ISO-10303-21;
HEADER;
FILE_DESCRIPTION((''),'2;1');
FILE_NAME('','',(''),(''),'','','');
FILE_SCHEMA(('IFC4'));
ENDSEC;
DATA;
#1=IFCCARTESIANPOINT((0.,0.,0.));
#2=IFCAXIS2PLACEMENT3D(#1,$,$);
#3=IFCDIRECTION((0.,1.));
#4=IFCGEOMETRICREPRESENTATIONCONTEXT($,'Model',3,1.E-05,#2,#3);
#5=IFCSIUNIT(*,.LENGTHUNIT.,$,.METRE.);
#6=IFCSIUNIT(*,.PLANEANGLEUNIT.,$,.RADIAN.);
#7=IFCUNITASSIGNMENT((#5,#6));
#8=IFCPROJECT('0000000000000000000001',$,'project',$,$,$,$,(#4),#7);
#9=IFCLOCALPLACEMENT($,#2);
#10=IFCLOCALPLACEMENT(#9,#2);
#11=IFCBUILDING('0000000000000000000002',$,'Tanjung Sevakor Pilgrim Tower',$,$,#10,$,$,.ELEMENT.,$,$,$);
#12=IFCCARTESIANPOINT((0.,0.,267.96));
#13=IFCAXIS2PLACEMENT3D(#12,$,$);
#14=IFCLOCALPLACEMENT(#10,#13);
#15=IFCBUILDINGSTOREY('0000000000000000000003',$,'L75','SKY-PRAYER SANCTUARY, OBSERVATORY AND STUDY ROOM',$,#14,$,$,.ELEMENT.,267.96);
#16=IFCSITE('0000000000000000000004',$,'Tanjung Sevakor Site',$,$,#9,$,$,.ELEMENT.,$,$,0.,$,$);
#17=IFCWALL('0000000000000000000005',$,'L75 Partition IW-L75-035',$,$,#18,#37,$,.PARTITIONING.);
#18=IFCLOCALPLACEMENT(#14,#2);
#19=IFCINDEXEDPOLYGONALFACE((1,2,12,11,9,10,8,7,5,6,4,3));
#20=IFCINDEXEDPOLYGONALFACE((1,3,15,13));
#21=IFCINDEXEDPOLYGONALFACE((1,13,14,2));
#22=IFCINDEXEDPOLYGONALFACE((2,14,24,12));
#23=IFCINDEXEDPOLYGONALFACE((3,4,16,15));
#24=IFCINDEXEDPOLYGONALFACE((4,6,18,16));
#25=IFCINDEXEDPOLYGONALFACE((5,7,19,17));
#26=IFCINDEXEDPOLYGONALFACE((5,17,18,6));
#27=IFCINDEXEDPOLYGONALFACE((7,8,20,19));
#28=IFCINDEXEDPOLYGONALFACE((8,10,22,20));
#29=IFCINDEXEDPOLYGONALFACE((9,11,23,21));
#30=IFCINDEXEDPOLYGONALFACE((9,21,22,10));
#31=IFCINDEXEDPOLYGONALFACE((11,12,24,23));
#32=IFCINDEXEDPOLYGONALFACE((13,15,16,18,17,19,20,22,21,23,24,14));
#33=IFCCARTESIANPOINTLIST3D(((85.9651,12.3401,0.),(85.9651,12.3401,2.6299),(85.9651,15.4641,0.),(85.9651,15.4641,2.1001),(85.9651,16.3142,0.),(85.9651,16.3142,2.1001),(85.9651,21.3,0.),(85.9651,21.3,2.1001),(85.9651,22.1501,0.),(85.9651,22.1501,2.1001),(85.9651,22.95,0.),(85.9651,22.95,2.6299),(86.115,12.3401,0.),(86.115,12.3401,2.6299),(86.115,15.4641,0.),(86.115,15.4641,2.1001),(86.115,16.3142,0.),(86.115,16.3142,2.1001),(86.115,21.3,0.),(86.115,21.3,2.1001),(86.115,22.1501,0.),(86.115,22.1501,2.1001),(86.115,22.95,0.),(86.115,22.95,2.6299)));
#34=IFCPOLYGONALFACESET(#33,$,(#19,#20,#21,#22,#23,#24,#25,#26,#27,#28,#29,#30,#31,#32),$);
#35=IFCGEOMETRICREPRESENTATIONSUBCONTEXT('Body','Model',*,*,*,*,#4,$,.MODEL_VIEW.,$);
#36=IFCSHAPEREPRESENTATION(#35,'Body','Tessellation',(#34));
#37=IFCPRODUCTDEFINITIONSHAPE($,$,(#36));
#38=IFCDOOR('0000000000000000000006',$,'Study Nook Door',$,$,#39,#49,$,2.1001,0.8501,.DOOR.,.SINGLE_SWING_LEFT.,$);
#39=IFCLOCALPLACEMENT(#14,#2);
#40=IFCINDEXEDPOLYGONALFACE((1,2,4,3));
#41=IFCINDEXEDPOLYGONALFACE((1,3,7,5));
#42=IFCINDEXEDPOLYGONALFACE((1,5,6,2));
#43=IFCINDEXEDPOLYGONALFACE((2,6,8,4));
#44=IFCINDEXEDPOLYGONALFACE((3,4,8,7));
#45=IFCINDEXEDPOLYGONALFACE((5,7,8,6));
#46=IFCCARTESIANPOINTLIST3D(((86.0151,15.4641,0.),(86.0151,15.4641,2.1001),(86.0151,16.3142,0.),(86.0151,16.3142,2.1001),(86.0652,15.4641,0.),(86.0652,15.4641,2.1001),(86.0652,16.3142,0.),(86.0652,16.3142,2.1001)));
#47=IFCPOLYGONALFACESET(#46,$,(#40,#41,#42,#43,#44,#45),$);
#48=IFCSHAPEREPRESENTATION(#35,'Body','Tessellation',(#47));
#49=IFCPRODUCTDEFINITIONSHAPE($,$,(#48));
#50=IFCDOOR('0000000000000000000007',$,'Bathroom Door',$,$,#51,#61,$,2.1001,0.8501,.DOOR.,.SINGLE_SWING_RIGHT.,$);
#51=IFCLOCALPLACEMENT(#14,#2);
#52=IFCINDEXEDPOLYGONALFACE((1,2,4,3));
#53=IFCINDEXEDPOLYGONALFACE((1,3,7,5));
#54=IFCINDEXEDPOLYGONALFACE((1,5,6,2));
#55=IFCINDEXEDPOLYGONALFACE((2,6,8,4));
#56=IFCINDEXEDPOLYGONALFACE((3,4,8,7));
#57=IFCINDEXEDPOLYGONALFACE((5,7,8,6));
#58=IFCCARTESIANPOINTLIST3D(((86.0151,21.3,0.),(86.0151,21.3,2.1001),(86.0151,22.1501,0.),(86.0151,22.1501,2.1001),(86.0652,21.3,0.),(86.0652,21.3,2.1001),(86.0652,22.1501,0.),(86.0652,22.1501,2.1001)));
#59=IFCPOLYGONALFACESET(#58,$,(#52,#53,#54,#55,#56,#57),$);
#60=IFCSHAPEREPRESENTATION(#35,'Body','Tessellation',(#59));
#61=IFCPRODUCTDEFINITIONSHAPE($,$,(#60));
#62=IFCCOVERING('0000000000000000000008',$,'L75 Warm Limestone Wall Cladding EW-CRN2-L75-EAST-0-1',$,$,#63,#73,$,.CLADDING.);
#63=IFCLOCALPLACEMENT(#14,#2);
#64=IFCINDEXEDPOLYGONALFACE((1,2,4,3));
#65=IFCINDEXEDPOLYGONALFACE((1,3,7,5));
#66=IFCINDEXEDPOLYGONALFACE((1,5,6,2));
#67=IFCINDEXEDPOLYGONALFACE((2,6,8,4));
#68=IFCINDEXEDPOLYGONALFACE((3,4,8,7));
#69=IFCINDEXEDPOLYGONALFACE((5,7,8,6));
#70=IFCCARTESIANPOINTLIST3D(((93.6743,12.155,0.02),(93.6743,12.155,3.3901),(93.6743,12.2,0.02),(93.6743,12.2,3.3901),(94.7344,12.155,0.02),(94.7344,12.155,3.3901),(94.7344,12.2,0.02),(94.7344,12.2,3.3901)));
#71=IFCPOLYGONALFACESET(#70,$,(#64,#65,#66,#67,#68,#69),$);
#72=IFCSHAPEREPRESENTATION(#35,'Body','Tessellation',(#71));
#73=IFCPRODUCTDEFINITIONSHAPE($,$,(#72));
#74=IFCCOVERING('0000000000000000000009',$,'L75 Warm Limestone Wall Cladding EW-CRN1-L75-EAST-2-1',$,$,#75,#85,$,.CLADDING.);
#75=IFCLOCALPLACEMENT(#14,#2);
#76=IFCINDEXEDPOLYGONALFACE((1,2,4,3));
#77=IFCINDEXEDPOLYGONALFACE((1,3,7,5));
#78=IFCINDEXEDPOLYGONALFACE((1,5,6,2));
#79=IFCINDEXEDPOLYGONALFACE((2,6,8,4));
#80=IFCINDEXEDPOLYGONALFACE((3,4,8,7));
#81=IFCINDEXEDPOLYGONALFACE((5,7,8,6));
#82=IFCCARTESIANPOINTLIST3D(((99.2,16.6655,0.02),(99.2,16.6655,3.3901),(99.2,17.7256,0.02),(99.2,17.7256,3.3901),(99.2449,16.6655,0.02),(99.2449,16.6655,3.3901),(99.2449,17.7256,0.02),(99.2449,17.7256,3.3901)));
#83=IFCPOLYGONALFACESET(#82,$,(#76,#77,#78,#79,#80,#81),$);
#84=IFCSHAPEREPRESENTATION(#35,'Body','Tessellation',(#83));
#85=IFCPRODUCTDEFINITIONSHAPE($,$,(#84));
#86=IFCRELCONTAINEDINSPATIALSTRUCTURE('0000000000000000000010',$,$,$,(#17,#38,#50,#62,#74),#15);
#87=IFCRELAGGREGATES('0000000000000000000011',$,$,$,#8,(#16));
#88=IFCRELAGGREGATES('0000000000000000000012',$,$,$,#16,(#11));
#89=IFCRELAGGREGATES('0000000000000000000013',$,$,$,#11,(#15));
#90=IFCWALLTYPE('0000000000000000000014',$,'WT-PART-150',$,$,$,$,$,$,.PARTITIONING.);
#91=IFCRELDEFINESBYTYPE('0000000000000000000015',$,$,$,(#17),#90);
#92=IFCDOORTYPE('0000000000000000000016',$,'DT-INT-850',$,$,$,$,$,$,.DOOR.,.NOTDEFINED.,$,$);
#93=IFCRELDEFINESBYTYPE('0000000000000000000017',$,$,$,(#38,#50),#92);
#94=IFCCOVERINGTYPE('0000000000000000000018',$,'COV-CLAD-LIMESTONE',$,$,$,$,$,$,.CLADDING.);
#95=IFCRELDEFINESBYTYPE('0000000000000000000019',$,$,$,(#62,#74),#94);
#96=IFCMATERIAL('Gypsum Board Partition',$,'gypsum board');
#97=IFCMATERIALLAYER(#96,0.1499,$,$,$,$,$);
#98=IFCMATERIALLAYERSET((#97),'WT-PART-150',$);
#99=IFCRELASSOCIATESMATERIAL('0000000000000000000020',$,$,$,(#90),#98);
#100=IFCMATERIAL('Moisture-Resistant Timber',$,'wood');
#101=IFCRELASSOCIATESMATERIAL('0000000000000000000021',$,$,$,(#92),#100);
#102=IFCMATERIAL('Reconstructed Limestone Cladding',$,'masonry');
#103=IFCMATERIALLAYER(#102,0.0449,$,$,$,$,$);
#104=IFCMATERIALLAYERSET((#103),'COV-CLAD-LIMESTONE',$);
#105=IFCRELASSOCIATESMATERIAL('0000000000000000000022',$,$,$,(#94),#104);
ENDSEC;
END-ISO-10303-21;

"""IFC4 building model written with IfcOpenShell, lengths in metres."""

from ifc_helpers import new_model, si_unit, direction, frame, frame_2d, origin, origin_2d, place, context, subcontext, project, spatial, rectangle, extrude, material, layer, layer_set, type_object, element, fill, save


model = new_model("IFC4")

# Units and contexts
model_context = context("Model", 3, precision=1e-05, world=origin(), true_north=direction((0.0, 1.0)))
body_context = subcontext(model_context, "Body", "Model", "MODEL_VIEW")
ifc_project = project(units=[si_unit("LENGTHUNIT", "METRE"), si_unit("PLANEANGLEUNIT", "RADIAN")], contexts=[model_context])

# Site, building, storey
site_placement = place(None, origin())
site = spatial("IfcSite", under=ifc_project, at=site_placement, Name="Tanjung Sevakor Site", CompositionType="ELEMENT", RefElevation=0.0)
building_placement = place(site_placement, origin())
building = spatial("IfcBuilding", under=site, at=building_placement, Name="Tanjung Sevakor Pilgrim Tower", CompositionType="ELEMENT")
storey_placement = place(building_placement, frame((0.0, 0.0, 267.96)))
storey = spatial("IfcBuildingStorey", under=building, at=storey_placement, Name="L75", Description="SKY-PRAYER SANCTUARY, OBSERVATORY AND STUDY ROOM", CompositionType="ELEMENT", Elevation=267.96)

# Wall, openings, doors
ifc_material_1 = material(Name="Gypsum Board Partition", Category="gypsum board")
ifc_layer_1 = layer(ifc_material_1, 0.1499)
ifc_layer_set_1 = layer_set([ifc_layer_1], Name="WT-PART-150")
wall_type_1 = type_object("IfcWallType", Name="WT-PART-150", PredefinedType="PARTITIONING", material=ifc_layer_set_1)
wall_1_placement = place(storey_placement, frame((86.04, 12.3401, 0.0), z_axis=(0.0, 0.0, 1.0), x_axis=(0.0, 1.0, 0.0)))
wall_1 = element("IfcWall", 1, at=wall_1_placement, inside=storey, type_object=wall_type_1, Name="L75 Partition IW-L75-035", PredefinedType="PARTITIONING", context=body_context, shape_type="SweptSolid", body=[
    extrude(rectangle(XDim=10.6099, YDim=0.1499, at=frame_2d((5.3049, 0.0))), origin(), (0.0, 0.0, 1.0), 2.6299),
])
opening_1_placement = place(wall_1_placement, frame((3.124, 0.0, 0.0)))
opening_1 = element("IfcOpeningElement", 2, at=opening_1_placement, cuts=wall_1, PredefinedType="OPENING", context=body_context, shape_type="SweptSolid", body=[
    extrude(rectangle(XDim=0.8501, YDim=2.1001, at=frame_2d((0.425, 1.05))), frame((0.0, 0.085, 0.0), z_axis=(0.0, -1.0, 0.0), x_axis=(1.0, 0.0, 0.0)), (0.0, 0.0, 1.0), 0.1699),
])
opening_2_placement = place(wall_1_placement, frame((8.96, 0.0, 0.0)))
opening_2 = element("IfcOpeningElement", 3, at=opening_2_placement, cuts=wall_1, PredefinedType="OPENING", context=body_context, shape_type="SweptSolid", body=[
    extrude(rectangle(XDim=0.8501, YDim=2.1001, at=frame_2d((0.425, 1.05))), frame((0.0, 0.085, 0.0), z_axis=(0.0, -1.0, 0.0), x_axis=(1.0, 0.0, 0.0)), (0.0, 0.0, 1.0), 0.1699),
])
ifc_material_2 = material(Name="Moisture-Resistant Timber", Category="wood")
door_type = type_object("IfcDoorType", Name="DT-INT-850", OperationType="NOTDEFINED", PredefinedType="DOOR", material=ifc_material_2)
door_1_placement = place(opening_1_placement, origin())
door_1 = element("IfcDoor", 4, at=door_1_placement, inside=storey, type_object=door_type, Name="Study Nook Door", OperationType="SINGLE_SWING_LEFT", OverallHeight=2.1001, OverallWidth=0.8501, PredefinedType="DOOR", context=body_context, shape_type="SweptSolid", body=[
    extrude(rectangle(XDim=0.8501, YDim=2.1001, at=frame_2d((0.425, 1.05))), frame((0.0, 0.0249, 0.0), z_axis=(0.0, -1.0, 0.0), x_axis=(1.0, 0.0, 0.0)), (0.0, 0.0, 1.0), 0.05),
])
fill(opening_1, door_1)
door_2_placement = place(opening_2_placement, origin())
door_2 = element("IfcDoor", 5, at=door_2_placement, inside=storey, type_object=door_type, Name="Bathroom Door", OperationType="SINGLE_SWING_RIGHT", OverallHeight=2.1001, OverallWidth=0.8501, PredefinedType="DOOR", context=body_context, shape_type="SweptSolid", body=[
    extrude(rectangle(XDim=0.8501, YDim=2.1001, at=frame_2d((0.425, 1.05))), frame((0.0, 0.0249, 0.0), z_axis=(0.0, -1.0, 0.0), x_axis=(1.0, 0.0, 0.0)), (0.0, 0.0, 1.0), 0.05),
])
fill(opening_2, door_2)

# Coverings
ifc_material_3 = material(Name="Reconstructed Limestone Cladding", Category="masonry")
ifc_layer_2 = layer(ifc_material_3, 0.0449)
ifc_layer_set_2 = layer_set([ifc_layer_2], Name="COV-CLAD-LIMESTONE")
covering_type = type_object("IfcCoveringType", Name="COV-CLAD-LIMESTONE", PredefinedType="CLADDING", material=ifc_layer_set_2)
for number, where, z_axis, x_axis, name in (
    (6, (94.2043, 12.1775, 0.02), (0.0, 0.0, 1.0), (1.0, 0.0, 0.0), "L75 Warm Limestone Wall Cladding EW-CRN2-L75-EAST-0-1"),
    (7, (99.2224, 17.1956, 0.02), (0.0, 0.0, 1.0), (0.0, 1.0, 0.0), "L75 Warm Limestone Wall Cladding EW-CRN1-L75-EAST-2-1"),
):
    element("IfcCovering", number, at=place(storey_placement, frame(where, z_axis=z_axis, x_axis=x_axis)), inside=storey, type_object=covering_type, Name=name, PredefinedType="CLADDING", context=body_context, shape_type="SweptSolid", body=[
        extrude(rectangle(XDim=1.0601, YDim=0.0449, at=origin_2d()), origin(), (0.0, 0.0, 1.0), 3.3701),
    ])

save(model, "model.ifc")
